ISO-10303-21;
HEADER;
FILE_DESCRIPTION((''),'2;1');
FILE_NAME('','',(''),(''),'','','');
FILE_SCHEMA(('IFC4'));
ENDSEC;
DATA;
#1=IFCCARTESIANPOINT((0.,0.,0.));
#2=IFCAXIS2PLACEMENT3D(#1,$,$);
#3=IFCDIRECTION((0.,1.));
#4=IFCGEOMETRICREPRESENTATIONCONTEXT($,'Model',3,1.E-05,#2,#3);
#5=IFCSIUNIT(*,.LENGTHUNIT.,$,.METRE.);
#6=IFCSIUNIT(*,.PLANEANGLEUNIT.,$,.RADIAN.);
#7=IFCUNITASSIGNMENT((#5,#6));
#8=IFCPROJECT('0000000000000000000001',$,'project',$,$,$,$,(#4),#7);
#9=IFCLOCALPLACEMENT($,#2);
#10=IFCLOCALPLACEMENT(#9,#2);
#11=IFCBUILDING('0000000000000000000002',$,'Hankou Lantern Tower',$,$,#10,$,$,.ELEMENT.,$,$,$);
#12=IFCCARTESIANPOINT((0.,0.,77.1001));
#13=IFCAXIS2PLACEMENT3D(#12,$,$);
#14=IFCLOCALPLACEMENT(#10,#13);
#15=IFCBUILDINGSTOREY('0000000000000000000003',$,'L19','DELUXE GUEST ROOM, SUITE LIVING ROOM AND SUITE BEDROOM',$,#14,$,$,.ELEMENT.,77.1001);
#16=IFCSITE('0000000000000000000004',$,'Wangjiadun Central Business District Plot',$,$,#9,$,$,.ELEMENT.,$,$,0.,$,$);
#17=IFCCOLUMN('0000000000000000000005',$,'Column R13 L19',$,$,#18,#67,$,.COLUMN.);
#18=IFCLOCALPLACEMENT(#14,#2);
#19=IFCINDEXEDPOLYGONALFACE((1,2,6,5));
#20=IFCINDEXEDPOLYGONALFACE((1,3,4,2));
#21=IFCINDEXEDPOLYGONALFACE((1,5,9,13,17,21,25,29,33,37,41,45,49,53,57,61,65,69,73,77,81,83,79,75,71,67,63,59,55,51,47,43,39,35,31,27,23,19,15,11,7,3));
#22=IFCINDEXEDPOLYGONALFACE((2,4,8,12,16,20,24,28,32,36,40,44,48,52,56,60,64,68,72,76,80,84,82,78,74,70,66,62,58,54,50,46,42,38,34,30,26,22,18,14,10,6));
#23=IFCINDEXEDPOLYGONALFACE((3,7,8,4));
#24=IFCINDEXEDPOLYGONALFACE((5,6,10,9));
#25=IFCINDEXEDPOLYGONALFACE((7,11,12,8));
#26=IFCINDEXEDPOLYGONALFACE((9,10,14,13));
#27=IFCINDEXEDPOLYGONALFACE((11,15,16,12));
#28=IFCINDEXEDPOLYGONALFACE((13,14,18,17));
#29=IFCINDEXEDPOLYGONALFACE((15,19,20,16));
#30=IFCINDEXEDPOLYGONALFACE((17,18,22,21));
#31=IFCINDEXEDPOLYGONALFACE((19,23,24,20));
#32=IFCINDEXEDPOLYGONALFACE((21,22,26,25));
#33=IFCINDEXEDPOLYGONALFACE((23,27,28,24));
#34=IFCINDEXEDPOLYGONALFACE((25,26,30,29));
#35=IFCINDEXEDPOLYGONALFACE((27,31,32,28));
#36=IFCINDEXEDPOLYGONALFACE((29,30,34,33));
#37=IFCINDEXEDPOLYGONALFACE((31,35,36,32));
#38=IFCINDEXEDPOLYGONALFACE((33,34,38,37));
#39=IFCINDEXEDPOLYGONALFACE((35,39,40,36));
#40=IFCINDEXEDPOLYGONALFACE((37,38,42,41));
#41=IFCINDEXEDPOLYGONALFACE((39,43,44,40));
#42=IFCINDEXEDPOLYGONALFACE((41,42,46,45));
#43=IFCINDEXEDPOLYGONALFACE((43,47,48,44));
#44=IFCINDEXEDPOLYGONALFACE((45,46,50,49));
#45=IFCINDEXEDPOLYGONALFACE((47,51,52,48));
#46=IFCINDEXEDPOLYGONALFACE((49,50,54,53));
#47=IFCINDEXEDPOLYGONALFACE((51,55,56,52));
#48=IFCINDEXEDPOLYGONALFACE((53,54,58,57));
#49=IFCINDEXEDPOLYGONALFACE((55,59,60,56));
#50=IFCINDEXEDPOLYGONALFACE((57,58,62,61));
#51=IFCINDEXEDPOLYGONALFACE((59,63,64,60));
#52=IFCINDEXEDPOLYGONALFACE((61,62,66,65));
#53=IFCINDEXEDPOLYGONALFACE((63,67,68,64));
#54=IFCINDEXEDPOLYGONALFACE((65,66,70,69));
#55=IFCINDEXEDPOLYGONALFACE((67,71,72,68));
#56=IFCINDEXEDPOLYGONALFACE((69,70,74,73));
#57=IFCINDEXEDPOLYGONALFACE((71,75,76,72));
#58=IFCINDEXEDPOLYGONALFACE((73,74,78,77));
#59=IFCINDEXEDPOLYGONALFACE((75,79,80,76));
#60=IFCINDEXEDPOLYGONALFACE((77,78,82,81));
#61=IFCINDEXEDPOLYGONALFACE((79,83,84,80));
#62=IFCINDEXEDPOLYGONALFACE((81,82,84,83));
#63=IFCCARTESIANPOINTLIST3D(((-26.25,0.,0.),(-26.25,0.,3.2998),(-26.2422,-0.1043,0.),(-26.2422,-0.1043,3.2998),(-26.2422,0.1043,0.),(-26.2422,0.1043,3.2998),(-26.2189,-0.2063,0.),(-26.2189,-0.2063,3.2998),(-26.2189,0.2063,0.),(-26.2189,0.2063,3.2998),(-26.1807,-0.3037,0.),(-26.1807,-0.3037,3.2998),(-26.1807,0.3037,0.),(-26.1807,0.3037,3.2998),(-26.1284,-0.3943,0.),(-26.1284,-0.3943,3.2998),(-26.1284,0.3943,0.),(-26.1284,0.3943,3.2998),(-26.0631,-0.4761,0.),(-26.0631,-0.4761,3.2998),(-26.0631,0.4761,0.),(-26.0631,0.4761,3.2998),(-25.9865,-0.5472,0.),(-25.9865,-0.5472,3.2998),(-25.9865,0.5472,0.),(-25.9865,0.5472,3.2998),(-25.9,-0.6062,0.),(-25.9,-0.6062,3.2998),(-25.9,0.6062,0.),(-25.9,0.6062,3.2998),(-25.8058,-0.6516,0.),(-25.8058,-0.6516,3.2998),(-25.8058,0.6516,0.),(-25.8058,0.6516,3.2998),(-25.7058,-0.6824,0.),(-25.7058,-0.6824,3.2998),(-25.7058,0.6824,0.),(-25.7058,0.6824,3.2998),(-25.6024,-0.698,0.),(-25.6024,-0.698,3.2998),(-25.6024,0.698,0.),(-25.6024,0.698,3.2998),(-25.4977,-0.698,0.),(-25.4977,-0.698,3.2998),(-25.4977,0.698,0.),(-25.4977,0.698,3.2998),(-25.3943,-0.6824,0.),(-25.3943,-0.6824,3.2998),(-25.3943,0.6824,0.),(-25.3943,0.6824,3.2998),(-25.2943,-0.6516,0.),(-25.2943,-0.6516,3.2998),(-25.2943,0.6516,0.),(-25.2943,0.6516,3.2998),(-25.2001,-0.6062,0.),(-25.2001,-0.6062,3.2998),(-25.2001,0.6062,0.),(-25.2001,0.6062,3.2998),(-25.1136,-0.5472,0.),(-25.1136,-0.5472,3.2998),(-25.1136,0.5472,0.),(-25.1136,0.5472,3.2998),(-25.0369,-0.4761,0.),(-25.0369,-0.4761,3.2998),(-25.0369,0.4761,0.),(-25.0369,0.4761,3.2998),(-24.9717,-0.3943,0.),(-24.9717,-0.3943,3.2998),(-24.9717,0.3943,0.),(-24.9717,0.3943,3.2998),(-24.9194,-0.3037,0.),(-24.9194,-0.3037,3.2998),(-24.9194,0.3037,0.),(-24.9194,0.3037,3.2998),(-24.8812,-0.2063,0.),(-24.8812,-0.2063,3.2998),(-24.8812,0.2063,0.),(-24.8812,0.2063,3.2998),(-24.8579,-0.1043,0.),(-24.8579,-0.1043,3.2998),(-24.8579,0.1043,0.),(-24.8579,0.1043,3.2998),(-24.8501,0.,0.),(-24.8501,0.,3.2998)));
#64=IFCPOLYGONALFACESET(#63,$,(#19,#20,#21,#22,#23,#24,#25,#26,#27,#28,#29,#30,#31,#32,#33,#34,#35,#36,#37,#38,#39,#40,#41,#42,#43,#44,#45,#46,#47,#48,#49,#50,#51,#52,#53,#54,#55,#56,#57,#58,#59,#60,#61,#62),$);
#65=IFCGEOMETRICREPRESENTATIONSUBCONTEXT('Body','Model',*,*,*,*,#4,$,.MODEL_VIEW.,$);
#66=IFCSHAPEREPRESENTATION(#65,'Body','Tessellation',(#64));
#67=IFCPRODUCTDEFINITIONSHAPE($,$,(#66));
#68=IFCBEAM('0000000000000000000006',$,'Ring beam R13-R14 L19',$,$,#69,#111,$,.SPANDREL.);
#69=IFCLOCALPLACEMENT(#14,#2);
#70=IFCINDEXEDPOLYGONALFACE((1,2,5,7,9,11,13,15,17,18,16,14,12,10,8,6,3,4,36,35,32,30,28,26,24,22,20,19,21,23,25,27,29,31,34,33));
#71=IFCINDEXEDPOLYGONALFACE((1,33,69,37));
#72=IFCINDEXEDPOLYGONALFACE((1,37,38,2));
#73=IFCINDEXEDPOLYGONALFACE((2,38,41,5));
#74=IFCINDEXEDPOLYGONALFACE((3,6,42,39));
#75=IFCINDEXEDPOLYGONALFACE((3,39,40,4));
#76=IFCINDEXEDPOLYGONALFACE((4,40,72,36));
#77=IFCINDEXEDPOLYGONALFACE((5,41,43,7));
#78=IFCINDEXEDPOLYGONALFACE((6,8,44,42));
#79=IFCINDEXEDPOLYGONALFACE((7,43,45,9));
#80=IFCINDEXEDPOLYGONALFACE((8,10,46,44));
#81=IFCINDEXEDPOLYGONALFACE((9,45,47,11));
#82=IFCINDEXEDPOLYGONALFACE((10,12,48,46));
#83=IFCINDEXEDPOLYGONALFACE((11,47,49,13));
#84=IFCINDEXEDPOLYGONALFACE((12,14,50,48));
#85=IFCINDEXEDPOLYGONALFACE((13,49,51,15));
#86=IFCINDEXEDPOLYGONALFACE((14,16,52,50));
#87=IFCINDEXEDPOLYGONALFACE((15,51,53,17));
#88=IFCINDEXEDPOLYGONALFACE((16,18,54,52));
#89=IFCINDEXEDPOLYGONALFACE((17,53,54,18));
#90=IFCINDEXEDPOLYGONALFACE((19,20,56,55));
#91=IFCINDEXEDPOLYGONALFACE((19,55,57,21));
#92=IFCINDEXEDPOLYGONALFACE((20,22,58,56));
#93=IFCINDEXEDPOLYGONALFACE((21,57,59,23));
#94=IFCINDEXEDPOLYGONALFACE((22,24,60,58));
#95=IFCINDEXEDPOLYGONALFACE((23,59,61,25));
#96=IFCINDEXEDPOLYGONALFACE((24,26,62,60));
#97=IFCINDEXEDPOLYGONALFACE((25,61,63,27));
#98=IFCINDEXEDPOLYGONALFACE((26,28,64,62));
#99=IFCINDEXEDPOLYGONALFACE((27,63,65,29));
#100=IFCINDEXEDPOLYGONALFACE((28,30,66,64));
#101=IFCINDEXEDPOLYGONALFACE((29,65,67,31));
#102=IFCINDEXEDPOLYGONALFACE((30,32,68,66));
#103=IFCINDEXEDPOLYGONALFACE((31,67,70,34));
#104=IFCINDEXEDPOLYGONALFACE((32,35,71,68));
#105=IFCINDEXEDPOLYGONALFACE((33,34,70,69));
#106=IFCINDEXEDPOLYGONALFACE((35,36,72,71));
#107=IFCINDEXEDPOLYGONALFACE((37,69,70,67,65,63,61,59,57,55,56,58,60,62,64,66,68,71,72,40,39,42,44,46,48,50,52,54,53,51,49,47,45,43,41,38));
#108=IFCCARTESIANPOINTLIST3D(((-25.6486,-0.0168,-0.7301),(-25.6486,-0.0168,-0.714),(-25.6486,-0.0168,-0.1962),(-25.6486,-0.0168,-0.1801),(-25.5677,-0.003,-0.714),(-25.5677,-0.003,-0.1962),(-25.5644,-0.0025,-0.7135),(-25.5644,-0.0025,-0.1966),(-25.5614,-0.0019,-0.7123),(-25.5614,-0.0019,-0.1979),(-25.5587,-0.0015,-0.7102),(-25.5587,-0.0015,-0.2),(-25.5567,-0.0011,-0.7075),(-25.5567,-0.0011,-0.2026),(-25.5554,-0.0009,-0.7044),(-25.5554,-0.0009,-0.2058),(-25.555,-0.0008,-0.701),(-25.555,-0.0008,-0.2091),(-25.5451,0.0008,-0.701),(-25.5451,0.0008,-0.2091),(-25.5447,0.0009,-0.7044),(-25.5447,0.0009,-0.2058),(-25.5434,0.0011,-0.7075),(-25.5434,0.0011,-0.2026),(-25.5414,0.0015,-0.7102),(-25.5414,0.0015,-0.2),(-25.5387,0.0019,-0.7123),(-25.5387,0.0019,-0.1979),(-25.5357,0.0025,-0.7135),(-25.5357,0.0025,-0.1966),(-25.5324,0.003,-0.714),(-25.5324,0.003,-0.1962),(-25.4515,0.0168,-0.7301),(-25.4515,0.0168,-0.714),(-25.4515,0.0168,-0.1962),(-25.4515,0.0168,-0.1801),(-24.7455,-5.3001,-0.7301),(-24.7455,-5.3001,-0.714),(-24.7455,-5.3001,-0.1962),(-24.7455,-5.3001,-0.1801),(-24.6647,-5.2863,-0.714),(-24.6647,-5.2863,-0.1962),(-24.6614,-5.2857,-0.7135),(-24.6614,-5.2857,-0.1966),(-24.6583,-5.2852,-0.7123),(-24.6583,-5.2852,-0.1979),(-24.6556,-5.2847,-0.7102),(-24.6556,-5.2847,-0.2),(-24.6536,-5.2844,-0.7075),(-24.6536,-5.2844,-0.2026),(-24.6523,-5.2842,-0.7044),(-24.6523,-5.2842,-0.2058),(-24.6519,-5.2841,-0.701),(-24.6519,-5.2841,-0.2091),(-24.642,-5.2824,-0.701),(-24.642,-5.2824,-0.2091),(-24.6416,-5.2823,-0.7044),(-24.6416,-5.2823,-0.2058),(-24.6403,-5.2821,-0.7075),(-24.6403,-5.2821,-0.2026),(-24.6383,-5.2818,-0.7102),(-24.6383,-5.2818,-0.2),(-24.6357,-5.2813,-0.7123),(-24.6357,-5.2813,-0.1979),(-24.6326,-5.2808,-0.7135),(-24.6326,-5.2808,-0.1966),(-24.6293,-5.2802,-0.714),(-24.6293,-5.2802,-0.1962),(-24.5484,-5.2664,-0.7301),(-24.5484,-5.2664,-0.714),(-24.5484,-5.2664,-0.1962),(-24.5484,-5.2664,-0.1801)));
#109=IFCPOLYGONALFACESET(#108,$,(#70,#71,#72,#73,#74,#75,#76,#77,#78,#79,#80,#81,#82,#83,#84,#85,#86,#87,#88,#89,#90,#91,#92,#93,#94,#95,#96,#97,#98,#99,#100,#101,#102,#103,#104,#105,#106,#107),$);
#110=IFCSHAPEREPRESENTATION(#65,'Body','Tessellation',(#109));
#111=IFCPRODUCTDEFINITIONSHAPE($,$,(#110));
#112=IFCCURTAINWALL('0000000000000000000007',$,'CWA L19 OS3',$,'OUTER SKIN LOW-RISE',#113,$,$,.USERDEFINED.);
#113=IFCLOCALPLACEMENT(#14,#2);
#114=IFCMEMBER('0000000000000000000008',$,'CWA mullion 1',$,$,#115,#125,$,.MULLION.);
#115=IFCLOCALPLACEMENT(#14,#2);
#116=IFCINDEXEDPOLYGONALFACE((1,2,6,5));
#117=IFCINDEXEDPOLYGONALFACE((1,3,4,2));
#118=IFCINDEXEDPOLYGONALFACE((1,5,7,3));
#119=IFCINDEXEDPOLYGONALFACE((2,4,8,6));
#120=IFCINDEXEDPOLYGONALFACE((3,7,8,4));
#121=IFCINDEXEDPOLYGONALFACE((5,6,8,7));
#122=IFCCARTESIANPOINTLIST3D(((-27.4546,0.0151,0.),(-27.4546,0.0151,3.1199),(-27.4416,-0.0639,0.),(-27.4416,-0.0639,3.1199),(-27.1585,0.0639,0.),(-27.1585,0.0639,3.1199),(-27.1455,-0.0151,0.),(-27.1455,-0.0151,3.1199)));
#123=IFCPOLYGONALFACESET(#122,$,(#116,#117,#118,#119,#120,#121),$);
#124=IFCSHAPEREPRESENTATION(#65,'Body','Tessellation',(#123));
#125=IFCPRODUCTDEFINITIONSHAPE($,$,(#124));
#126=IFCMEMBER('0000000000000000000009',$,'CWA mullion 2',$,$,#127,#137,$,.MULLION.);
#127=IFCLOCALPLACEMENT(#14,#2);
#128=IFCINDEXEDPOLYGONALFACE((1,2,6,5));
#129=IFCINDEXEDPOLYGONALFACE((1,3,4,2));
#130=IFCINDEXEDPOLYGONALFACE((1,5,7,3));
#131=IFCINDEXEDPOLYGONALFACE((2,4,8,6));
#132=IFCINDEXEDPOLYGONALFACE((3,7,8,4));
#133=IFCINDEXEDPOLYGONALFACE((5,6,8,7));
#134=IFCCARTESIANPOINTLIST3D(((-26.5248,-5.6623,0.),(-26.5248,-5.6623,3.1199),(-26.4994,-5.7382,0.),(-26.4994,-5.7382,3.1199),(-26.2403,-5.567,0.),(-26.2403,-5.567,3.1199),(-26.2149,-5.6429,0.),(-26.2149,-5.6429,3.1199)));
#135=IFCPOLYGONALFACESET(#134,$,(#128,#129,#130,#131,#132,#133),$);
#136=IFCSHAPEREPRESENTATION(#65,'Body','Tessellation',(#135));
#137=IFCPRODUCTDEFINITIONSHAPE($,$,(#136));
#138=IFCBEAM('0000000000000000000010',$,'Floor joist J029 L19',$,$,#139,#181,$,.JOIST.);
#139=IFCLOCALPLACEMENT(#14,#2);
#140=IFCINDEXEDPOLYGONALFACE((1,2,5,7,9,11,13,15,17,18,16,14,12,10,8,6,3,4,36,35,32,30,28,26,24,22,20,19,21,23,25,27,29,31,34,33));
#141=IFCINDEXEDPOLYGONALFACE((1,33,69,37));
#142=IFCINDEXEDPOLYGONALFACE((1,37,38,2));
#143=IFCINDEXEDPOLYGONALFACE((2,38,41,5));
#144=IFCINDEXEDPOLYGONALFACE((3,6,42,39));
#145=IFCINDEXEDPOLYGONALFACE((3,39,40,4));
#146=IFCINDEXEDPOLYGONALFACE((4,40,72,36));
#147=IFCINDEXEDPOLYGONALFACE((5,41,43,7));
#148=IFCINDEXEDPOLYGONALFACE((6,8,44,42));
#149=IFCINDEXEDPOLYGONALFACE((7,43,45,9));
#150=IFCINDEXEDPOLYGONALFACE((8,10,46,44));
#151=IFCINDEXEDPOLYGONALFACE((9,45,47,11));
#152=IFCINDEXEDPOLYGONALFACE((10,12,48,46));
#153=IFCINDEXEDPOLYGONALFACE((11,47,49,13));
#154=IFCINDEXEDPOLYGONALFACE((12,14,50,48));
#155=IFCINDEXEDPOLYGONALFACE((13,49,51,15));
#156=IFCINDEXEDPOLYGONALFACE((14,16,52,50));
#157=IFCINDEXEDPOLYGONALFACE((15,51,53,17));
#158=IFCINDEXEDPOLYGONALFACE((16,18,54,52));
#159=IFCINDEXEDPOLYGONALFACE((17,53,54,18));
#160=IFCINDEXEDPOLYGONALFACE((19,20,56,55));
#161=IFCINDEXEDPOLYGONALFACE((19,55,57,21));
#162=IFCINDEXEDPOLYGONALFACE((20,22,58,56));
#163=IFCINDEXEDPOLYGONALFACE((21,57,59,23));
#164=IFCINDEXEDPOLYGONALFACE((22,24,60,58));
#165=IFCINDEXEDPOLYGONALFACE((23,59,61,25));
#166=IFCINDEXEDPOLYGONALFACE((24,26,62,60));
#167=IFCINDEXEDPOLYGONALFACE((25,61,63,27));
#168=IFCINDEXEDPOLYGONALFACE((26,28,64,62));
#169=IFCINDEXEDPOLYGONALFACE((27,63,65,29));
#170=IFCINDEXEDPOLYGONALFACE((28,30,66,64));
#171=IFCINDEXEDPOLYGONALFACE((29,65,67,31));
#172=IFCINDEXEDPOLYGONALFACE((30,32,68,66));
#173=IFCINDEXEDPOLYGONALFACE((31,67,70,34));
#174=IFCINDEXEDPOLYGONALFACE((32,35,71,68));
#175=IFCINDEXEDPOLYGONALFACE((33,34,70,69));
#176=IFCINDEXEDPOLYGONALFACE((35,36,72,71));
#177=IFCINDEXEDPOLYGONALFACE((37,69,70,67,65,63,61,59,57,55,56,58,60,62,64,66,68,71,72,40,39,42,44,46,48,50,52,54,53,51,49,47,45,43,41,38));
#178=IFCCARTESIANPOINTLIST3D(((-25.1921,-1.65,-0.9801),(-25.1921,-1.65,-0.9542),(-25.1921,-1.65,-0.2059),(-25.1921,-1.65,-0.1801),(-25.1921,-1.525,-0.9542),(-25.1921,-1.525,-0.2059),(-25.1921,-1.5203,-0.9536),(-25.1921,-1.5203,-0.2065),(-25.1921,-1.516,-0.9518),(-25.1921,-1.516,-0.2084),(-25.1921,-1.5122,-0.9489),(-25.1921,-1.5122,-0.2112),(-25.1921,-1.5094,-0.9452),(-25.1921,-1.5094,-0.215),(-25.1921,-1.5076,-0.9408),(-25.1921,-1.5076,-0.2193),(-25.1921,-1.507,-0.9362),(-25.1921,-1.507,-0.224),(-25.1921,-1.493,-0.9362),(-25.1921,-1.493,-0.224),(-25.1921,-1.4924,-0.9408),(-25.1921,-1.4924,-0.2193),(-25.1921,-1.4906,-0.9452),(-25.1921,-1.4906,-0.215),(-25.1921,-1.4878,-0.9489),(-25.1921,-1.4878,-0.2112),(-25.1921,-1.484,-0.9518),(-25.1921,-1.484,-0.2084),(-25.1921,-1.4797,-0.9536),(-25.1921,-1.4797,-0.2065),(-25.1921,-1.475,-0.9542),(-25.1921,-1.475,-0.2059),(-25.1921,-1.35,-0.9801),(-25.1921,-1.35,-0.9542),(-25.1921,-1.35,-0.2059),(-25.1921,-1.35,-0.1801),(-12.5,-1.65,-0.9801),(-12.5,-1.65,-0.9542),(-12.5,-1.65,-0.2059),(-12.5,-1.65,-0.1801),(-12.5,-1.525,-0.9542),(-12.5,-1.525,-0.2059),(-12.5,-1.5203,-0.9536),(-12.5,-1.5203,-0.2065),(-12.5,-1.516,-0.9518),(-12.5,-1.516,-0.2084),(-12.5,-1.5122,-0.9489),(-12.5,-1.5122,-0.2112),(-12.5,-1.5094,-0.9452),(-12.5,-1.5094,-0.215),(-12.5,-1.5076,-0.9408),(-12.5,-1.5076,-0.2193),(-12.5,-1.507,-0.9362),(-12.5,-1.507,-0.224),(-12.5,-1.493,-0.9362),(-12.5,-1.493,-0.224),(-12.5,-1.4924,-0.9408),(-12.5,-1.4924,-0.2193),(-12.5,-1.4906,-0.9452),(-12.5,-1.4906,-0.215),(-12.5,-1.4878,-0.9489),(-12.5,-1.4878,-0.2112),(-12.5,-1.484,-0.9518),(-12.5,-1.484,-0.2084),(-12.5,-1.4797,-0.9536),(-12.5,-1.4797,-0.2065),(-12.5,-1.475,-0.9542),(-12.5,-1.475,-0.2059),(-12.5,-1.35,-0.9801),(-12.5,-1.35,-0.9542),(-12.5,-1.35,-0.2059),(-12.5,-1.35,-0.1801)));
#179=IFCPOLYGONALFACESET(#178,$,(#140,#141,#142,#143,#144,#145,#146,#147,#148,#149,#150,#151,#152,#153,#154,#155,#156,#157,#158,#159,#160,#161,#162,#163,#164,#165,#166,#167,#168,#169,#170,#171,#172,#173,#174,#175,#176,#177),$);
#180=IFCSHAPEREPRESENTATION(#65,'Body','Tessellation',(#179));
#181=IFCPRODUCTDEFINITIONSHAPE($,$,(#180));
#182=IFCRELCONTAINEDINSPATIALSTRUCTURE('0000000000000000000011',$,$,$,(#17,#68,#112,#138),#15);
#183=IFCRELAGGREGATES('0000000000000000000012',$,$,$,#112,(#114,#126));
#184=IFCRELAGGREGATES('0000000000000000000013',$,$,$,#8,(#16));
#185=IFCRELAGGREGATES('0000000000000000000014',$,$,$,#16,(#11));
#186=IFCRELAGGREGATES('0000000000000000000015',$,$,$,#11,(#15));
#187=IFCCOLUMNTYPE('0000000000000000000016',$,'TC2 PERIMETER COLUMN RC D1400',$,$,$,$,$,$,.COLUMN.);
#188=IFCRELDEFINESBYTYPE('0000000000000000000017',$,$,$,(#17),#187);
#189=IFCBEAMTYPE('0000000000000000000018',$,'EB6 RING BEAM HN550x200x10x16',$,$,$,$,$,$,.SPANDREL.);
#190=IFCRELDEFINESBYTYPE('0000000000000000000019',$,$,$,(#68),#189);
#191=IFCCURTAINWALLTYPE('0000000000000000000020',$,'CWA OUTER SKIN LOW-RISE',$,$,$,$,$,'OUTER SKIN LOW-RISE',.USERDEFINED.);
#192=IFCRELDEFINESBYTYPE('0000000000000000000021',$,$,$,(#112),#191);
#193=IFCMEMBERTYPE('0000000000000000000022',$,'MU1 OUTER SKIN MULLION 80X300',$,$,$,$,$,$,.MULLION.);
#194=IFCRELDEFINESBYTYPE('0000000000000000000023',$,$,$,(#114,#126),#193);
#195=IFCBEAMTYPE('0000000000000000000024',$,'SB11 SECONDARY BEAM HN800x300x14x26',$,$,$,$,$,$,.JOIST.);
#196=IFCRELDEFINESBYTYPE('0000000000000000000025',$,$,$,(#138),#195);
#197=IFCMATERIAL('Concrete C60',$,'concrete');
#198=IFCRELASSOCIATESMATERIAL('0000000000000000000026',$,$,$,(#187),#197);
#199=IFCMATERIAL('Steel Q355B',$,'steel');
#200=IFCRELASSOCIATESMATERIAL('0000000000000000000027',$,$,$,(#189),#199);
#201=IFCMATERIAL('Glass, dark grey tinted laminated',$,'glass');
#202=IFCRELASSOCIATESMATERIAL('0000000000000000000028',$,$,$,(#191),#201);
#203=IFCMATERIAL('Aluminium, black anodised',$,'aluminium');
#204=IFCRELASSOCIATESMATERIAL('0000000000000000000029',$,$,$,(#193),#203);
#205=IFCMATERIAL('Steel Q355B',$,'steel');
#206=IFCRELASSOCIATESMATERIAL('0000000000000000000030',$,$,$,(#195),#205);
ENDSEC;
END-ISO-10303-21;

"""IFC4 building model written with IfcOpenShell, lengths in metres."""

from ifc_helpers import new_model, si_unit, direction, frame, origin, origin_2d, place, context, subcontext, project, spatial, rectangle, circle, i_section, extrude, material, material_profile, profile_set, type_object, element, aggregate, save


model = new_model("IFC4")

# Units and contexts
model_context = context("Model", 3, precision=1e-05, world=origin(), true_north=direction((0.0, 1.0)))
body_context = subcontext(model_context, "Body", "Model", "MODEL_VIEW")
ifc_project = project(units=[si_unit("LENGTHUNIT", "METRE"), si_unit("PLANEANGLEUNIT", "RADIAN")], contexts=[model_context])

# Site, building, storey
site_placement = place(None, origin())
site = spatial("IfcSite", under=ifc_project, at=site_placement, Name="Wangjiadun Central Business District Plot", CompositionType="ELEMENT", RefElevation=0.0)
building_placement = place(site_placement, origin())
building = spatial("IfcBuilding", under=site, at=building_placement, Name="Hankou Lantern Tower", CompositionType="ELEMENT")
storey_placement = place(building_placement, frame((0.0, 0.0, 77.1001)))
storey = spatial("IfcBuildingStorey", under=building, at=storey_placement, Name="L19", Description="DELUXE GUEST ROOM, SUITE LIVING ROOM AND SUITE BEDROOM", CompositionType="ELEMENT", Elevation=77.1001)

# Column
ifc_material_1 = material(Name="Concrete C60", Category="concrete")
ifc_material_profile_1 = material_profile(ifc_material_1, circle(Radius=0.7, at=origin_2d()), Name="RC D1400")
ifc_profile_set_1 = profile_set([ifc_material_profile_1], Name="Concrete C60")
column_type = type_object("IfcColumnType", Name="TC2 PERIMETER COLUMN RC D1400", PredefinedType="COLUMN", material=ifc_profile_set_1)
column_placement = place(storey_placement, frame((-25.55, 0.0, 0.0), z_axis=(0.0, 0.0, 1.0), x_axis=(1.0, 0.0, 0.0)))
element("IfcColumn", 1, at=column_placement, inside=storey, type_object=column_type, Name="Column R13 L19", PredefinedType="COLUMN", context=body_context, shape_type="SweptSolid", body=[
    extrude(circle(Radius=0.7, at=origin_2d()), origin(), (0.0, 0.0, 1.0), 3.2998),
])

# Beam
ifc_material_2 = material(Name="Steel Q355B", Category="steel")
ifc_material_profile_2 = material_profile(ifc_material_2, i_section(OverallWidth=0.2, OverallDepth=0.55, WebThickness=0.01, FlangeThickness=0.0161, FilletRadius=0.0129, at=origin_2d()), Name="HN550x200x10x16")
ifc_profile_set_2 = profile_set([ifc_material_profile_2], Name="Steel Q355B")
beam_type_1 = type_object("IfcBeamType", Name="EB6 RING BEAM HN550x200x10x16", PredefinedType="SPANDREL", material=ifc_profile_set_2)
beam_placement = place(storey_placement, frame((-25.55, 0.0, -0.4551), z_axis=(0.16849, -0.985703, 0.0), x_axis=(0.985703, 0.16849, 0.0)))
element("IfcBeam", 2, at=beam_placement, inside=storey, type_object=beam_type_1, Name="Ring beam R13-R14 L19", PredefinedType="SPANDREL", context=body_context, shape_type="SweptSolid", body=[
    extrude(i_section(OverallWidth=0.2, OverallDepth=0.55, WebThickness=0.01, FlangeThickness=0.0161, FilletRadius=0.0129, at=origin_2d()), origin(), (0.0, 0.0, 1.0), 5.3599),
])

# Curtain wall, members
ifc_material_3 = material(Name="Glass, dark grey tinted laminated", Category="glass")
curtain_wall_type = type_object("IfcCurtainWallType", Name="CWA OUTER SKIN LOW-RISE", ElementType="OUTER SKIN LOW-RISE", PredefinedType="USERDEFINED", material=ifc_material_3)
curtain_wall_placement = place(storey_placement, origin())
curtain_wall = element("IfcCurtainWall", 3, at=curtain_wall_placement, inside=storey, type_object=curtain_wall_type, Name="CWA L19 OS3", ObjectType="OUTER SKIN LOW-RISE", PredefinedType="USERDEFINED")
ifc_material_4 = material(Name="Aluminium, black anodised", Category="aluminium")
ifc_material_profile_3 = material_profile(ifc_material_4, rectangle(XDim=0.0801, YDim=0.3, at=origin_2d()), Name="MU1 80X300")
ifc_profile_set_3 = profile_set([ifc_material_profile_3], Name="Aluminium, black anodised")
member_type_1 = type_object("IfcMemberType", Name="MU1 OUTER SKIN MULLION 80X300", PredefinedType="MULLION", material=ifc_profile_set_3)
member_1_placement = place(storey_placement, frame((-27.3, 0.0, 0.0), z_axis=(0.0, 0.0, 1.0), x_axis=(0.162382, -0.986728, 0.0)))
member_1 = element("IfcMember", 4, at=member_1_placement, type_object=member_type_1, Name="CWA mullion 1", PredefinedType="MULLION", context=body_context, shape_type="SweptSolid", body=[
    extrude(rectangle(XDim=0.0801, YDim=0.3, at=origin_2d()), origin(), (0.0, 0.0, 1.0), 3.1199),
])
member_2_placement = place(storey_placement, frame((-26.3699, -5.6526, 0.0), z_axis=(0.0, 0.0, 1.0), x_axis=(0.317596, -0.948226, 0.0)))
member_2 = element("IfcMember", 5, at=member_2_placement, type_object=member_type_1, Name="CWA mullion 2", PredefinedType="MULLION", context=body_context, shape_type="SweptSolid", body=[
    extrude(rectangle(XDim=0.0801, YDim=0.3, at=origin_2d()), origin(), (0.0, 0.0, 1.0), 3.1199),
])

# Beam
ifc_material_5 = material(Name="Steel Q355B", Category="steel")
ifc_material_profile_4 = material_profile(ifc_material_5, i_section(OverallWidth=0.3, OverallDepth=0.8, WebThickness=0.0139, FlangeThickness=0.0259, FilletRadius=0.0181, at=origin_2d()), Name="HN800x300x14x26")
ifc_profile_set_4 = profile_set([ifc_material_profile_4], Name="Steel Q355B")
beam_type_2 = type_object("IfcBeamType", Name="SB11 SECONDARY BEAM HN800x300x14x26", PredefinedType="JOIST", material=ifc_profile_set_4)
for number, where, z_axis, x_axis, name in (
    (6, (-25.1921, -1.5, -0.5801), (1.0, 0.0, 0.0), (0.0, 1.0, 0.0), "Floor joist J029 L19"),
):
    element("IfcBeam", number, at=place(storey_placement, frame(where, z_axis=z_axis, x_axis=x_axis)), inside=storey, type_object=beam_type_2, Name=name, PredefinedType="JOIST", context=body_context, shape_type="SweptSolid", body=[
        extrude(i_section(OverallWidth=0.3, OverallDepth=0.8, WebThickness=0.0139, FlangeThickness=0.0259, FilletRadius=0.0181, at=origin_2d()), origin(), (0.0, 0.0, 1.0), 12.6921),
    ])

aggregate(curtain_wall, [member_1, member_2])

save(model, "model.ifc")
